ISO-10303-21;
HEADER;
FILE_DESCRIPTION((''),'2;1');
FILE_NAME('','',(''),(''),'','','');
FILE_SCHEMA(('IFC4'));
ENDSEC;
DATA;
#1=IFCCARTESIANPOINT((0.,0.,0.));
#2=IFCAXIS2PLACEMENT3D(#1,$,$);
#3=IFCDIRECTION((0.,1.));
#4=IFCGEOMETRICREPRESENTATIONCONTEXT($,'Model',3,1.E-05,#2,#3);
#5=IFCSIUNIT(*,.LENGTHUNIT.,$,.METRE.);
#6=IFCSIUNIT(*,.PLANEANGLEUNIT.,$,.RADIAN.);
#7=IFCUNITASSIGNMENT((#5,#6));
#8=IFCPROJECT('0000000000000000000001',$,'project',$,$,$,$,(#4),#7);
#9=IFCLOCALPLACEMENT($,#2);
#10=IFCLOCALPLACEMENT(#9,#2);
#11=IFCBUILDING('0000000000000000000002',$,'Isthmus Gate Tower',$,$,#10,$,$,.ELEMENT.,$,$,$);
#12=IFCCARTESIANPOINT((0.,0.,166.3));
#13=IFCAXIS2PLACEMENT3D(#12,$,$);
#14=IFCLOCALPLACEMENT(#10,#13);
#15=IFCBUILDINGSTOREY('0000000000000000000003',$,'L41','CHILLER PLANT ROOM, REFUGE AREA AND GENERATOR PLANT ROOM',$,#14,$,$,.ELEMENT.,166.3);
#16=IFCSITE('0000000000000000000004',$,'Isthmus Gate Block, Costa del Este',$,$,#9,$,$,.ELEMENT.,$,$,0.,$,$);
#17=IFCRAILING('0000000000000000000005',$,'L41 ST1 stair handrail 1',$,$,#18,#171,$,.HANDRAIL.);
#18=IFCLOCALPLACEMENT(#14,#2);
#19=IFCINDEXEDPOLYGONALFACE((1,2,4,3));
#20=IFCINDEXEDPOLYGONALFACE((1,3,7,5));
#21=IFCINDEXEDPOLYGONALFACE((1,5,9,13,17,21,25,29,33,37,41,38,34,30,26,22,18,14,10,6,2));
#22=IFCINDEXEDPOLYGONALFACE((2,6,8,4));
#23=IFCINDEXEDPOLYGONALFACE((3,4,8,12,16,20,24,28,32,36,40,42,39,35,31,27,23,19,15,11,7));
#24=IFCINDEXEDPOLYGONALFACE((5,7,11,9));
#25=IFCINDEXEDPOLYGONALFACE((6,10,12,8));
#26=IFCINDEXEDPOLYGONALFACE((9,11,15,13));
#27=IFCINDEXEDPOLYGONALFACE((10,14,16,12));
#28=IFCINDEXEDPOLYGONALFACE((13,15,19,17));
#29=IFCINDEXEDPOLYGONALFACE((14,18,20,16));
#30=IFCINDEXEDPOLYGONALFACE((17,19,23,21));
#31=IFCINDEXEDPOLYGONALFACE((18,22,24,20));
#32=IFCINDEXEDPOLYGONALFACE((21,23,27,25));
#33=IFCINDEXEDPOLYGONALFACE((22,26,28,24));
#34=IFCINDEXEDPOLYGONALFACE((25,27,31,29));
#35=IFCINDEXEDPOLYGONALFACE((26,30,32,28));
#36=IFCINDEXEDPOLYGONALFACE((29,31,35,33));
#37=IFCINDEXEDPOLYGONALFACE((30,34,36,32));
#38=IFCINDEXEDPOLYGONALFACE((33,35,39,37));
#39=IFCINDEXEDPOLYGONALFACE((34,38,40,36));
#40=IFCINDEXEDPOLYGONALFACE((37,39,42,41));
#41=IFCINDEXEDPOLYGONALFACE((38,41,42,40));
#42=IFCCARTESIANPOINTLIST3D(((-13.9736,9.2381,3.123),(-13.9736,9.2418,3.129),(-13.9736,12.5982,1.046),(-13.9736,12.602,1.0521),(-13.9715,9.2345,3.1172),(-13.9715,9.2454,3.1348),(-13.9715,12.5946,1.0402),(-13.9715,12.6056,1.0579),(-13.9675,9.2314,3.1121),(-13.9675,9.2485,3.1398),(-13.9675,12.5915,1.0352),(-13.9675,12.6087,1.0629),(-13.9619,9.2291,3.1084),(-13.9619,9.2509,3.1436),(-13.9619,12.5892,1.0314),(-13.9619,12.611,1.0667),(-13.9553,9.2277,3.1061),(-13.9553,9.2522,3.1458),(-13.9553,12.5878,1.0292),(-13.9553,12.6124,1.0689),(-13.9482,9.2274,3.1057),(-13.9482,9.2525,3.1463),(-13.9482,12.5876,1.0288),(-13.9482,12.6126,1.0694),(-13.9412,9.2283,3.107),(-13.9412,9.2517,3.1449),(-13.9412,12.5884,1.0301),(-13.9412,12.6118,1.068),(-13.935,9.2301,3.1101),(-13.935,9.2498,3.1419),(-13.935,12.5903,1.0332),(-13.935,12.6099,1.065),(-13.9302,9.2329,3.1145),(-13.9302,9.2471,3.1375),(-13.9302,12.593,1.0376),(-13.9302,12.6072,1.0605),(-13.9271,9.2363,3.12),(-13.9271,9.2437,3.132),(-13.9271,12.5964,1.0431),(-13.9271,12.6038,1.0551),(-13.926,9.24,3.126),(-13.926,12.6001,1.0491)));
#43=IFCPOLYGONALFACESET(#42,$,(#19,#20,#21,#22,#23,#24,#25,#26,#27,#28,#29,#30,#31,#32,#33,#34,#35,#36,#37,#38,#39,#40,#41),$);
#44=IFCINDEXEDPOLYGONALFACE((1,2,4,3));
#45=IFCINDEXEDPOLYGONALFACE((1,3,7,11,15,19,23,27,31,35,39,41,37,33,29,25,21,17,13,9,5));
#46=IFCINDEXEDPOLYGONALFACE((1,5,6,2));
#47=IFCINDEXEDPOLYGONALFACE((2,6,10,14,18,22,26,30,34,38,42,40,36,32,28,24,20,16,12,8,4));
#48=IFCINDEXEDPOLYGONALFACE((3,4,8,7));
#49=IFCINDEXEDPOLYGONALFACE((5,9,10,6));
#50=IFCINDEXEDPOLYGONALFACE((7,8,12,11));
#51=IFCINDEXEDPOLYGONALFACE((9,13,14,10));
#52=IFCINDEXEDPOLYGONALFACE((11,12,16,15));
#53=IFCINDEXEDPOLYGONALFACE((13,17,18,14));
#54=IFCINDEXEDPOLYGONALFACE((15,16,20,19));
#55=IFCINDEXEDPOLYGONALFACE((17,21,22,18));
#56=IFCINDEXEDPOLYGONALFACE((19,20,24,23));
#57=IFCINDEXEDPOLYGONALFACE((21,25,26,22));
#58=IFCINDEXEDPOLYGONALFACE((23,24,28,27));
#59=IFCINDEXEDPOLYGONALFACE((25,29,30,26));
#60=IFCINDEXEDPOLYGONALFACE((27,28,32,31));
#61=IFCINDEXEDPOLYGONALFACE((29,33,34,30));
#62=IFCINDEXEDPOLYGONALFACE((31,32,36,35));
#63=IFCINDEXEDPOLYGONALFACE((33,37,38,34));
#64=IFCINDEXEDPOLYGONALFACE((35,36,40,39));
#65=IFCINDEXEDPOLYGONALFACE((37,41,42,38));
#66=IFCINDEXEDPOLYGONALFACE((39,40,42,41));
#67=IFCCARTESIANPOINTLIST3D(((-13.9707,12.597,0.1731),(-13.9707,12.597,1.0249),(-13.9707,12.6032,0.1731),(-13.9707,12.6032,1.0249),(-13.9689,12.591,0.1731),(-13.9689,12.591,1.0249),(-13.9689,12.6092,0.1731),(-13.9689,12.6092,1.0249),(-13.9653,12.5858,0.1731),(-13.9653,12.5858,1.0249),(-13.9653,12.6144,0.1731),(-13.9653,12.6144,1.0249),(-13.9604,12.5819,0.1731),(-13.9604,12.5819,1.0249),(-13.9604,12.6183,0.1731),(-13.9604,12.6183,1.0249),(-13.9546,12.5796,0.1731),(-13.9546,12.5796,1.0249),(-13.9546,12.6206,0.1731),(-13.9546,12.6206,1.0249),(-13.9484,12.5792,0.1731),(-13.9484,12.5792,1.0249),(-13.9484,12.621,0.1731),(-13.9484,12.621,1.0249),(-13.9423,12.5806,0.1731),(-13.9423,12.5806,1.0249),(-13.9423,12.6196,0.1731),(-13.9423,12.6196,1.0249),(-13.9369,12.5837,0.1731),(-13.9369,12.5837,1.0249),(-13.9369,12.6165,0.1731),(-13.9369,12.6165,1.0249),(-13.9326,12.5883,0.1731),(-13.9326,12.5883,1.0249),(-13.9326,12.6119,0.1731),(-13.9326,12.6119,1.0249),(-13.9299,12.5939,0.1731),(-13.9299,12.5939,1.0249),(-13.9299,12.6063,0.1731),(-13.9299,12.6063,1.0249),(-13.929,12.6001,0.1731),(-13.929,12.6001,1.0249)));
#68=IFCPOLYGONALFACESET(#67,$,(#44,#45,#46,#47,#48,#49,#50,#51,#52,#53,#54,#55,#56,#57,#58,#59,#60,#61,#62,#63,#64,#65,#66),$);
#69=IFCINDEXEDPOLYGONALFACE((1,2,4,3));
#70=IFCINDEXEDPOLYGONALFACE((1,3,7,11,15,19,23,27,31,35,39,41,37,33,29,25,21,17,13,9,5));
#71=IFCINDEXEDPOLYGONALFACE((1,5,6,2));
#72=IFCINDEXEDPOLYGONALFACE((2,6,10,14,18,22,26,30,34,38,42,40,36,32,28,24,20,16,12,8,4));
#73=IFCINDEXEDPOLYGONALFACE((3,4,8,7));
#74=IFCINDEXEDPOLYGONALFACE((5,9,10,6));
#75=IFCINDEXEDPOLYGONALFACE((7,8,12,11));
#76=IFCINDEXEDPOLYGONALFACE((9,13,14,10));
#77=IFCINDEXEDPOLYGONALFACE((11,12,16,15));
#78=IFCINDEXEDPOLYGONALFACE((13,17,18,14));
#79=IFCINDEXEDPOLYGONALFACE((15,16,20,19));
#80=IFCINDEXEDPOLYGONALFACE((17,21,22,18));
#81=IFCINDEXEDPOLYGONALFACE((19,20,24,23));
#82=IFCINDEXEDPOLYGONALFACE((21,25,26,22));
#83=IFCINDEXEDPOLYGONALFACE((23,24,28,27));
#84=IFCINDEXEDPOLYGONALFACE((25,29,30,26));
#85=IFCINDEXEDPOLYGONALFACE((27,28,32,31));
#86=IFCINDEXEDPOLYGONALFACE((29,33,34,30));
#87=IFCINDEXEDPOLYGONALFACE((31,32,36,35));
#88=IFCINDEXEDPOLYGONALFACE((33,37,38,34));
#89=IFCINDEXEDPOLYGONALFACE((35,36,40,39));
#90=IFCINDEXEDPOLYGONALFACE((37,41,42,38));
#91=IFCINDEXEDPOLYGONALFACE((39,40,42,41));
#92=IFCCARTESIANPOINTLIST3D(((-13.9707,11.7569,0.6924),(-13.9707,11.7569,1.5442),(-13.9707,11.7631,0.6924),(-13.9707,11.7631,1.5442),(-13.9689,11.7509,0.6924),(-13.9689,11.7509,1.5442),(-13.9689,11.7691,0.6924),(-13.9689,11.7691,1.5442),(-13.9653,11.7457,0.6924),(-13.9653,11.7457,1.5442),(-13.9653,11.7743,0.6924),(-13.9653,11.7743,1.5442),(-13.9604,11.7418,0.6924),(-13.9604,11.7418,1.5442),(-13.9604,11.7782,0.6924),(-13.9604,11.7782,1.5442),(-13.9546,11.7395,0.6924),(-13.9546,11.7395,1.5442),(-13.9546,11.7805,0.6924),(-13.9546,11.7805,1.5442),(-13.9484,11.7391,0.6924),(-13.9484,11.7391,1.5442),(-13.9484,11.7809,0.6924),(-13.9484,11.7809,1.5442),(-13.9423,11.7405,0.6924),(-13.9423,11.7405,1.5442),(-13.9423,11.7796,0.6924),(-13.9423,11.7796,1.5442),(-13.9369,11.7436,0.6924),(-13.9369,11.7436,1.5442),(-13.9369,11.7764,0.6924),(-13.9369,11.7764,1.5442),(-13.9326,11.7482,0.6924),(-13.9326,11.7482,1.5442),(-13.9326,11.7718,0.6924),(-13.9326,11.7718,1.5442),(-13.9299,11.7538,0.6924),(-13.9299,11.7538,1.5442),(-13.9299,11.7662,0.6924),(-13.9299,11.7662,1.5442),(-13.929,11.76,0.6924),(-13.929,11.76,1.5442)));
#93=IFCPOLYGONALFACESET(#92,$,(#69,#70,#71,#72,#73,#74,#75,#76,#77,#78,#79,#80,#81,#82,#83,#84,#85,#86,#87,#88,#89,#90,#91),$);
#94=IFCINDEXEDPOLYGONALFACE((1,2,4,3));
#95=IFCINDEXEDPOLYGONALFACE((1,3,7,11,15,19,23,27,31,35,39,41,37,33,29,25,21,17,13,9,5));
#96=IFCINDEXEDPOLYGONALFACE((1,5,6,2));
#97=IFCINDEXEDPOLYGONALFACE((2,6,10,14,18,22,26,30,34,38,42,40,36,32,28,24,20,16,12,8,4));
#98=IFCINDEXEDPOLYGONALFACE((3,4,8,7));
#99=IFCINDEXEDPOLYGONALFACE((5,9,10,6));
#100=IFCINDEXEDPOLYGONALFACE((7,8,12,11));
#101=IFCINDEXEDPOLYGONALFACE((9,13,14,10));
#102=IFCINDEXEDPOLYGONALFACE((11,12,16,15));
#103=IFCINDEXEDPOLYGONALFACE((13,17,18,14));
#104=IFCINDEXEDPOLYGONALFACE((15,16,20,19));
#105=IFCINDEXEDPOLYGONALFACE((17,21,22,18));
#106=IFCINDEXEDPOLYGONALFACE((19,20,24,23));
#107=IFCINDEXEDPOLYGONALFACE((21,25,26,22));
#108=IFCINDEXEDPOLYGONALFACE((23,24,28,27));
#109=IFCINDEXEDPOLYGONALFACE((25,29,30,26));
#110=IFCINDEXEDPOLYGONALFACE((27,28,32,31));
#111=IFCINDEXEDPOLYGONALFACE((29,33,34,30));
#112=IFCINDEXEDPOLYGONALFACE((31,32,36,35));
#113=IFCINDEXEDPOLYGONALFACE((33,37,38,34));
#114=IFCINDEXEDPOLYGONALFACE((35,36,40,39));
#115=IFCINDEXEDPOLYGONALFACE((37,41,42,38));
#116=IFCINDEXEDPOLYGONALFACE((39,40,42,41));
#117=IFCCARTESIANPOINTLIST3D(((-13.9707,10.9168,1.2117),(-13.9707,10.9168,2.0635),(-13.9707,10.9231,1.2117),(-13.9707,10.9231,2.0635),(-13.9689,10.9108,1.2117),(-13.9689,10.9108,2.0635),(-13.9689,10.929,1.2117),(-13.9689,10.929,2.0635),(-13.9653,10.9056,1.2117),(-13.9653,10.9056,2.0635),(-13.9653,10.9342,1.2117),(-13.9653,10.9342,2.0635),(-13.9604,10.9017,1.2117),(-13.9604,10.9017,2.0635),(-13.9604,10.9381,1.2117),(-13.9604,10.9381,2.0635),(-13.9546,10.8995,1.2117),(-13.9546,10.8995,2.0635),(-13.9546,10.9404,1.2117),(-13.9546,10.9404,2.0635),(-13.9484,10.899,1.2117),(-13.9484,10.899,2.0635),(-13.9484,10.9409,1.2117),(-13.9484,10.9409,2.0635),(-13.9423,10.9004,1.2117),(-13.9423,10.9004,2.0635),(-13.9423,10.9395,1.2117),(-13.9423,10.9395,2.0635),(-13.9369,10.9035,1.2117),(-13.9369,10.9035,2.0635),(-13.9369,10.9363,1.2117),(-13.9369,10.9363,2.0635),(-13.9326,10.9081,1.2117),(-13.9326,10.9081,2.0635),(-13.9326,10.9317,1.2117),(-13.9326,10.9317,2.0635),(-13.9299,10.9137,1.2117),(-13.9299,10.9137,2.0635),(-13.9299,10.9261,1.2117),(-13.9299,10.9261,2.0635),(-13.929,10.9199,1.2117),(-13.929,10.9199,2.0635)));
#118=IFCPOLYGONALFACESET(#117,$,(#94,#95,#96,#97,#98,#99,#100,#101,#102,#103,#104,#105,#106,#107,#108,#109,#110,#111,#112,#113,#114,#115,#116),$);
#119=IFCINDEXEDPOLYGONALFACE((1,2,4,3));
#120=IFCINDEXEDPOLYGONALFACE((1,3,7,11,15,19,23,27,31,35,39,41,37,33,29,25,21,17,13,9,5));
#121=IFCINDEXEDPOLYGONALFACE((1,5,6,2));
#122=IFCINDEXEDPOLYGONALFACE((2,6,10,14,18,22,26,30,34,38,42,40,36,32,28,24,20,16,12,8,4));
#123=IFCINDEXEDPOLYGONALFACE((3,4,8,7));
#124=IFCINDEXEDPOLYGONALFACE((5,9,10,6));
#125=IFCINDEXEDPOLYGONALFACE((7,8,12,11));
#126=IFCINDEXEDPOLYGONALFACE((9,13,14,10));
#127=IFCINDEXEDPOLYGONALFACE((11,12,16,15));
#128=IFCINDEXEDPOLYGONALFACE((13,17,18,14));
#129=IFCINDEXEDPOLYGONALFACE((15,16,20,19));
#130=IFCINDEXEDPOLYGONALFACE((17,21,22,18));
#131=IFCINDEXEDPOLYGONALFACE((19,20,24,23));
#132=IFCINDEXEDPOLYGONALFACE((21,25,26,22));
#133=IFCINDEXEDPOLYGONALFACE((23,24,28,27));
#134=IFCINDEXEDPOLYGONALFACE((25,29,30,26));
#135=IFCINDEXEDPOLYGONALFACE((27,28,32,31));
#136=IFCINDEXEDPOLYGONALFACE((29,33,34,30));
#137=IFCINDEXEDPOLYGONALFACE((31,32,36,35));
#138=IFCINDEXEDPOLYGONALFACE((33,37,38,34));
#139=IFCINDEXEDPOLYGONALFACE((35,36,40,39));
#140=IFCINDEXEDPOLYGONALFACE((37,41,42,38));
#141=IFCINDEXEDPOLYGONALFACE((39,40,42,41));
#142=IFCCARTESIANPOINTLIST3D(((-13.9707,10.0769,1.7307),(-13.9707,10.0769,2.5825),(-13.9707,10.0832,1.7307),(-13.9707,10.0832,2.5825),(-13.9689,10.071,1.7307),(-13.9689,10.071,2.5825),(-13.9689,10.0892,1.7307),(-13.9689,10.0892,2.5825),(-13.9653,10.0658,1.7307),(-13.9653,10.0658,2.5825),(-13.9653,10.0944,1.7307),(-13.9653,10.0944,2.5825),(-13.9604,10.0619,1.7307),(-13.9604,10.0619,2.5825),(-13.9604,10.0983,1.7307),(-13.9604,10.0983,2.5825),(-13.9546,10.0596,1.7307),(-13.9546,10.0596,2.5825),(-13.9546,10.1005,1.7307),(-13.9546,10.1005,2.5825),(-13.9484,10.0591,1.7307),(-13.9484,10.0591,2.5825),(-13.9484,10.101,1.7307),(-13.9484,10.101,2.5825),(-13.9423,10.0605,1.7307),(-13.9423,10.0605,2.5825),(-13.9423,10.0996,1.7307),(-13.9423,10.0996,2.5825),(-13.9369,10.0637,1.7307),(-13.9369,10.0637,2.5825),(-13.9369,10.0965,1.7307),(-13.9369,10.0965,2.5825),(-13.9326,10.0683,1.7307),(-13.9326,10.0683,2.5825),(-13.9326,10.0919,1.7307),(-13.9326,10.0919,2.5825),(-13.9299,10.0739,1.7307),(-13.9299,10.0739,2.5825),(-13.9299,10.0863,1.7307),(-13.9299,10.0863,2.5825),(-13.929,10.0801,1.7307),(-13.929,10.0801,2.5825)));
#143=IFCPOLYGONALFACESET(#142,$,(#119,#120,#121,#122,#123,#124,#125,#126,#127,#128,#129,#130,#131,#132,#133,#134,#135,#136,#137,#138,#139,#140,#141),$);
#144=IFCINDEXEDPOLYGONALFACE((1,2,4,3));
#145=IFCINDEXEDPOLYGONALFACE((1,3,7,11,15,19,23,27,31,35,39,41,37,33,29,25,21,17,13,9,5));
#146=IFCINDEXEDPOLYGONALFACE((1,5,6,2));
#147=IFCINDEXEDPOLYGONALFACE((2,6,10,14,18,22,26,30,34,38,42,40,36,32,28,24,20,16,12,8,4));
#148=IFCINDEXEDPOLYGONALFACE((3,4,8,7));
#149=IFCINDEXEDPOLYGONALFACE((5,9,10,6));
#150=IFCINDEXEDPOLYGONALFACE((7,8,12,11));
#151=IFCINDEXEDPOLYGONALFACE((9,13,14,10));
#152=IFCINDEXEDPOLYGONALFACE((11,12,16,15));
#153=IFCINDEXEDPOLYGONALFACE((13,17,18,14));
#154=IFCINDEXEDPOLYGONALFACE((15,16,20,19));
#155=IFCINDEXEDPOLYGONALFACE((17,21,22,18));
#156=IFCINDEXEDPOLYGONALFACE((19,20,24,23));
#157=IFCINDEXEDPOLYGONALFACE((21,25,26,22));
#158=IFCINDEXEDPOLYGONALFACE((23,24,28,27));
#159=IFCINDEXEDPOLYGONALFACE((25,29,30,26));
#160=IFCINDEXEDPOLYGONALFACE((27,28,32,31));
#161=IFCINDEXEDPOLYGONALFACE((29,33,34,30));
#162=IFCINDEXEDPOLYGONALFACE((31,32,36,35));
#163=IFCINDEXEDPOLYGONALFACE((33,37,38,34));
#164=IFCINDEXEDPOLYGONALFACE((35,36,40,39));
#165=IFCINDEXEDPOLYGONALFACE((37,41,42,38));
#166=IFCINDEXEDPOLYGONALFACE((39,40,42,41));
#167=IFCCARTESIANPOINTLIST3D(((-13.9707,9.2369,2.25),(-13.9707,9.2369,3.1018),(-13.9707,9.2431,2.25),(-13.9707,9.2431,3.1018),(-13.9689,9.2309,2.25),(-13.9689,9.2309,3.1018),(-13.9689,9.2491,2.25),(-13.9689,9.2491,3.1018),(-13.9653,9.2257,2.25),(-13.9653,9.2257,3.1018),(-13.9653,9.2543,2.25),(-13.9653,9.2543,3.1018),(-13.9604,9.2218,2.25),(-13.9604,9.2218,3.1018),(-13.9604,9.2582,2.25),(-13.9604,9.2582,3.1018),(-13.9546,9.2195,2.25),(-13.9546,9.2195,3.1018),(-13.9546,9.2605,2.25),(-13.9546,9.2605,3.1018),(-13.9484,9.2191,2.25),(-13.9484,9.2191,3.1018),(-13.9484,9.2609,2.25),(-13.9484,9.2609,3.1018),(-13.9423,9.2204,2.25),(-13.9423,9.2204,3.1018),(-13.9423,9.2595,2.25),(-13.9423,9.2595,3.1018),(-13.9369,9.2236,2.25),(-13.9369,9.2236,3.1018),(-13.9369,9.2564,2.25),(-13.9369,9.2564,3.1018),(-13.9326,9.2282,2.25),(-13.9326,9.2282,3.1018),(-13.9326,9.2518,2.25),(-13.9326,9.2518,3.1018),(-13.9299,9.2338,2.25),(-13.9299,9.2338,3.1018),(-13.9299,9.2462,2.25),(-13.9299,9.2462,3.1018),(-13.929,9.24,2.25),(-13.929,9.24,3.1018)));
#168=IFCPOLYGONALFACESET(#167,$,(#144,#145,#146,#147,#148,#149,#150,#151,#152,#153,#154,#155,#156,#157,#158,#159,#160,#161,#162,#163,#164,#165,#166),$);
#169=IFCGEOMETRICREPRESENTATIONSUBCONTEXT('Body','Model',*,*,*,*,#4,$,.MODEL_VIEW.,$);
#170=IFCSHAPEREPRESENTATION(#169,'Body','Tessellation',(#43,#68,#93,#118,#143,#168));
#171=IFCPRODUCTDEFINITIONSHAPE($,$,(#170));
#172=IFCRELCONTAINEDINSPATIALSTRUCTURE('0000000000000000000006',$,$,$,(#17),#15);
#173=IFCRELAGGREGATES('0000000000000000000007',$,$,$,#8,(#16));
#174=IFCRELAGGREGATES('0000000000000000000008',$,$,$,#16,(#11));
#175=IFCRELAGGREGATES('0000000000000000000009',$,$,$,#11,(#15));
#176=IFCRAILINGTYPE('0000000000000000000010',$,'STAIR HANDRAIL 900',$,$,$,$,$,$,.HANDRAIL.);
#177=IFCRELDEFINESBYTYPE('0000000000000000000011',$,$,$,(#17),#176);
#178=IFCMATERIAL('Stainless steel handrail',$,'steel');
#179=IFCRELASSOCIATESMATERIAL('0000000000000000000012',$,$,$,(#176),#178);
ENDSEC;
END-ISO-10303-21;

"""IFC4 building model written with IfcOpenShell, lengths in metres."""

from ifc_helpers import new_model, si_unit, direction, frame, origin, origin_2d, place, context, subcontext, project, spatial, circle, extrude, material, type_object, element, save


model = new_model("IFC4")

# Units and contexts
model_context = context("Model", 3, precision=1e-05, world=origin(), true_north=direction((0.0, 1.0)))
body_context = subcontext(model_context, "Body", "Model", "MODEL_VIEW")
ifc_project = project(units=[si_unit("LENGTHUNIT", "METRE"), si_unit("PLANEANGLEUNIT", "RADIAN")], contexts=[model_context])

# Site, building, storey
site_placement = place(None, origin())
site = spatial("IfcSite", under=ifc_project, at=site_placement, Name="Isthmus Gate Block, Costa del Este", CompositionType="ELEMENT", RefElevation=0.0)
building_placement = place(site_placement, origin())
building = spatial("IfcBuilding", under=site, at=building_placement, Name="Isthmus Gate Tower", CompositionType="ELEMENT")
storey_placement = place(building_placement, frame((0.0, 0.0, 166.3)))
storey = spatial("IfcBuildingStorey", under=building, at=storey_placement, Name="L41", Description="CHILLER PLANT ROOM, REFUGE AREA AND GENERATOR PLANT ROOM", CompositionType="ELEMENT", Elevation=166.3)

# Railing
ifc_material_1 = material(Name="Stainless steel handrail", Category="steel")
railing_type_1 = type_object("IfcRailingType", Name="STAIR HANDRAIL 900", PredefinedType="HANDRAIL", material=ifc_material_1)
railing_1_placement = place(storey_placement, frame((-13.95, 12.6001, 0.1731)))
element("IfcRailing", 1, at=railing_1_placement, inside=storey, type_object=railing_type_1, Name="L41 ST1 stair handrail 1", PredefinedType="HANDRAIL", context=body_context, shape_type="SweptSolid", body=[
    extrude(circle(Radius=0.0239, at=origin_2d()), frame((0.0, 0.0, 0.876), z_axis=(0.0, -0.850623, 0.525776), x_axis=(1.0, 0.0, 0.0)), (0.0, 0.0, 1.0), 3.9502),
    extrude(circle(Radius=0.021, at=origin_2d()), origin(), (0.0, 0.0, 1.0), 0.8518),
    extrude(circle(Radius=0.021, at=origin_2d()), frame((0.0, -0.8401, 0.5193)), (0.0, 0.0, 1.0), 0.8518),
    extrude(circle(Radius=0.021, at=origin_2d()), frame((0.0, -1.6802, 1.0386)), (0.0, 0.0, 1.0), 0.8518),
    extrude(circle(Radius=0.021, at=origin_2d()), frame((0.0, -2.52, 1.5576)), (0.0, 0.0, 1.0), 0.8518),
    extrude(circle(Radius=0.021, at=origin_2d()), frame((0.0, -3.3601, 2.0769)), (0.0, 0.0, 1.0), 0.8518),
])

save(model, "model.ifc")
